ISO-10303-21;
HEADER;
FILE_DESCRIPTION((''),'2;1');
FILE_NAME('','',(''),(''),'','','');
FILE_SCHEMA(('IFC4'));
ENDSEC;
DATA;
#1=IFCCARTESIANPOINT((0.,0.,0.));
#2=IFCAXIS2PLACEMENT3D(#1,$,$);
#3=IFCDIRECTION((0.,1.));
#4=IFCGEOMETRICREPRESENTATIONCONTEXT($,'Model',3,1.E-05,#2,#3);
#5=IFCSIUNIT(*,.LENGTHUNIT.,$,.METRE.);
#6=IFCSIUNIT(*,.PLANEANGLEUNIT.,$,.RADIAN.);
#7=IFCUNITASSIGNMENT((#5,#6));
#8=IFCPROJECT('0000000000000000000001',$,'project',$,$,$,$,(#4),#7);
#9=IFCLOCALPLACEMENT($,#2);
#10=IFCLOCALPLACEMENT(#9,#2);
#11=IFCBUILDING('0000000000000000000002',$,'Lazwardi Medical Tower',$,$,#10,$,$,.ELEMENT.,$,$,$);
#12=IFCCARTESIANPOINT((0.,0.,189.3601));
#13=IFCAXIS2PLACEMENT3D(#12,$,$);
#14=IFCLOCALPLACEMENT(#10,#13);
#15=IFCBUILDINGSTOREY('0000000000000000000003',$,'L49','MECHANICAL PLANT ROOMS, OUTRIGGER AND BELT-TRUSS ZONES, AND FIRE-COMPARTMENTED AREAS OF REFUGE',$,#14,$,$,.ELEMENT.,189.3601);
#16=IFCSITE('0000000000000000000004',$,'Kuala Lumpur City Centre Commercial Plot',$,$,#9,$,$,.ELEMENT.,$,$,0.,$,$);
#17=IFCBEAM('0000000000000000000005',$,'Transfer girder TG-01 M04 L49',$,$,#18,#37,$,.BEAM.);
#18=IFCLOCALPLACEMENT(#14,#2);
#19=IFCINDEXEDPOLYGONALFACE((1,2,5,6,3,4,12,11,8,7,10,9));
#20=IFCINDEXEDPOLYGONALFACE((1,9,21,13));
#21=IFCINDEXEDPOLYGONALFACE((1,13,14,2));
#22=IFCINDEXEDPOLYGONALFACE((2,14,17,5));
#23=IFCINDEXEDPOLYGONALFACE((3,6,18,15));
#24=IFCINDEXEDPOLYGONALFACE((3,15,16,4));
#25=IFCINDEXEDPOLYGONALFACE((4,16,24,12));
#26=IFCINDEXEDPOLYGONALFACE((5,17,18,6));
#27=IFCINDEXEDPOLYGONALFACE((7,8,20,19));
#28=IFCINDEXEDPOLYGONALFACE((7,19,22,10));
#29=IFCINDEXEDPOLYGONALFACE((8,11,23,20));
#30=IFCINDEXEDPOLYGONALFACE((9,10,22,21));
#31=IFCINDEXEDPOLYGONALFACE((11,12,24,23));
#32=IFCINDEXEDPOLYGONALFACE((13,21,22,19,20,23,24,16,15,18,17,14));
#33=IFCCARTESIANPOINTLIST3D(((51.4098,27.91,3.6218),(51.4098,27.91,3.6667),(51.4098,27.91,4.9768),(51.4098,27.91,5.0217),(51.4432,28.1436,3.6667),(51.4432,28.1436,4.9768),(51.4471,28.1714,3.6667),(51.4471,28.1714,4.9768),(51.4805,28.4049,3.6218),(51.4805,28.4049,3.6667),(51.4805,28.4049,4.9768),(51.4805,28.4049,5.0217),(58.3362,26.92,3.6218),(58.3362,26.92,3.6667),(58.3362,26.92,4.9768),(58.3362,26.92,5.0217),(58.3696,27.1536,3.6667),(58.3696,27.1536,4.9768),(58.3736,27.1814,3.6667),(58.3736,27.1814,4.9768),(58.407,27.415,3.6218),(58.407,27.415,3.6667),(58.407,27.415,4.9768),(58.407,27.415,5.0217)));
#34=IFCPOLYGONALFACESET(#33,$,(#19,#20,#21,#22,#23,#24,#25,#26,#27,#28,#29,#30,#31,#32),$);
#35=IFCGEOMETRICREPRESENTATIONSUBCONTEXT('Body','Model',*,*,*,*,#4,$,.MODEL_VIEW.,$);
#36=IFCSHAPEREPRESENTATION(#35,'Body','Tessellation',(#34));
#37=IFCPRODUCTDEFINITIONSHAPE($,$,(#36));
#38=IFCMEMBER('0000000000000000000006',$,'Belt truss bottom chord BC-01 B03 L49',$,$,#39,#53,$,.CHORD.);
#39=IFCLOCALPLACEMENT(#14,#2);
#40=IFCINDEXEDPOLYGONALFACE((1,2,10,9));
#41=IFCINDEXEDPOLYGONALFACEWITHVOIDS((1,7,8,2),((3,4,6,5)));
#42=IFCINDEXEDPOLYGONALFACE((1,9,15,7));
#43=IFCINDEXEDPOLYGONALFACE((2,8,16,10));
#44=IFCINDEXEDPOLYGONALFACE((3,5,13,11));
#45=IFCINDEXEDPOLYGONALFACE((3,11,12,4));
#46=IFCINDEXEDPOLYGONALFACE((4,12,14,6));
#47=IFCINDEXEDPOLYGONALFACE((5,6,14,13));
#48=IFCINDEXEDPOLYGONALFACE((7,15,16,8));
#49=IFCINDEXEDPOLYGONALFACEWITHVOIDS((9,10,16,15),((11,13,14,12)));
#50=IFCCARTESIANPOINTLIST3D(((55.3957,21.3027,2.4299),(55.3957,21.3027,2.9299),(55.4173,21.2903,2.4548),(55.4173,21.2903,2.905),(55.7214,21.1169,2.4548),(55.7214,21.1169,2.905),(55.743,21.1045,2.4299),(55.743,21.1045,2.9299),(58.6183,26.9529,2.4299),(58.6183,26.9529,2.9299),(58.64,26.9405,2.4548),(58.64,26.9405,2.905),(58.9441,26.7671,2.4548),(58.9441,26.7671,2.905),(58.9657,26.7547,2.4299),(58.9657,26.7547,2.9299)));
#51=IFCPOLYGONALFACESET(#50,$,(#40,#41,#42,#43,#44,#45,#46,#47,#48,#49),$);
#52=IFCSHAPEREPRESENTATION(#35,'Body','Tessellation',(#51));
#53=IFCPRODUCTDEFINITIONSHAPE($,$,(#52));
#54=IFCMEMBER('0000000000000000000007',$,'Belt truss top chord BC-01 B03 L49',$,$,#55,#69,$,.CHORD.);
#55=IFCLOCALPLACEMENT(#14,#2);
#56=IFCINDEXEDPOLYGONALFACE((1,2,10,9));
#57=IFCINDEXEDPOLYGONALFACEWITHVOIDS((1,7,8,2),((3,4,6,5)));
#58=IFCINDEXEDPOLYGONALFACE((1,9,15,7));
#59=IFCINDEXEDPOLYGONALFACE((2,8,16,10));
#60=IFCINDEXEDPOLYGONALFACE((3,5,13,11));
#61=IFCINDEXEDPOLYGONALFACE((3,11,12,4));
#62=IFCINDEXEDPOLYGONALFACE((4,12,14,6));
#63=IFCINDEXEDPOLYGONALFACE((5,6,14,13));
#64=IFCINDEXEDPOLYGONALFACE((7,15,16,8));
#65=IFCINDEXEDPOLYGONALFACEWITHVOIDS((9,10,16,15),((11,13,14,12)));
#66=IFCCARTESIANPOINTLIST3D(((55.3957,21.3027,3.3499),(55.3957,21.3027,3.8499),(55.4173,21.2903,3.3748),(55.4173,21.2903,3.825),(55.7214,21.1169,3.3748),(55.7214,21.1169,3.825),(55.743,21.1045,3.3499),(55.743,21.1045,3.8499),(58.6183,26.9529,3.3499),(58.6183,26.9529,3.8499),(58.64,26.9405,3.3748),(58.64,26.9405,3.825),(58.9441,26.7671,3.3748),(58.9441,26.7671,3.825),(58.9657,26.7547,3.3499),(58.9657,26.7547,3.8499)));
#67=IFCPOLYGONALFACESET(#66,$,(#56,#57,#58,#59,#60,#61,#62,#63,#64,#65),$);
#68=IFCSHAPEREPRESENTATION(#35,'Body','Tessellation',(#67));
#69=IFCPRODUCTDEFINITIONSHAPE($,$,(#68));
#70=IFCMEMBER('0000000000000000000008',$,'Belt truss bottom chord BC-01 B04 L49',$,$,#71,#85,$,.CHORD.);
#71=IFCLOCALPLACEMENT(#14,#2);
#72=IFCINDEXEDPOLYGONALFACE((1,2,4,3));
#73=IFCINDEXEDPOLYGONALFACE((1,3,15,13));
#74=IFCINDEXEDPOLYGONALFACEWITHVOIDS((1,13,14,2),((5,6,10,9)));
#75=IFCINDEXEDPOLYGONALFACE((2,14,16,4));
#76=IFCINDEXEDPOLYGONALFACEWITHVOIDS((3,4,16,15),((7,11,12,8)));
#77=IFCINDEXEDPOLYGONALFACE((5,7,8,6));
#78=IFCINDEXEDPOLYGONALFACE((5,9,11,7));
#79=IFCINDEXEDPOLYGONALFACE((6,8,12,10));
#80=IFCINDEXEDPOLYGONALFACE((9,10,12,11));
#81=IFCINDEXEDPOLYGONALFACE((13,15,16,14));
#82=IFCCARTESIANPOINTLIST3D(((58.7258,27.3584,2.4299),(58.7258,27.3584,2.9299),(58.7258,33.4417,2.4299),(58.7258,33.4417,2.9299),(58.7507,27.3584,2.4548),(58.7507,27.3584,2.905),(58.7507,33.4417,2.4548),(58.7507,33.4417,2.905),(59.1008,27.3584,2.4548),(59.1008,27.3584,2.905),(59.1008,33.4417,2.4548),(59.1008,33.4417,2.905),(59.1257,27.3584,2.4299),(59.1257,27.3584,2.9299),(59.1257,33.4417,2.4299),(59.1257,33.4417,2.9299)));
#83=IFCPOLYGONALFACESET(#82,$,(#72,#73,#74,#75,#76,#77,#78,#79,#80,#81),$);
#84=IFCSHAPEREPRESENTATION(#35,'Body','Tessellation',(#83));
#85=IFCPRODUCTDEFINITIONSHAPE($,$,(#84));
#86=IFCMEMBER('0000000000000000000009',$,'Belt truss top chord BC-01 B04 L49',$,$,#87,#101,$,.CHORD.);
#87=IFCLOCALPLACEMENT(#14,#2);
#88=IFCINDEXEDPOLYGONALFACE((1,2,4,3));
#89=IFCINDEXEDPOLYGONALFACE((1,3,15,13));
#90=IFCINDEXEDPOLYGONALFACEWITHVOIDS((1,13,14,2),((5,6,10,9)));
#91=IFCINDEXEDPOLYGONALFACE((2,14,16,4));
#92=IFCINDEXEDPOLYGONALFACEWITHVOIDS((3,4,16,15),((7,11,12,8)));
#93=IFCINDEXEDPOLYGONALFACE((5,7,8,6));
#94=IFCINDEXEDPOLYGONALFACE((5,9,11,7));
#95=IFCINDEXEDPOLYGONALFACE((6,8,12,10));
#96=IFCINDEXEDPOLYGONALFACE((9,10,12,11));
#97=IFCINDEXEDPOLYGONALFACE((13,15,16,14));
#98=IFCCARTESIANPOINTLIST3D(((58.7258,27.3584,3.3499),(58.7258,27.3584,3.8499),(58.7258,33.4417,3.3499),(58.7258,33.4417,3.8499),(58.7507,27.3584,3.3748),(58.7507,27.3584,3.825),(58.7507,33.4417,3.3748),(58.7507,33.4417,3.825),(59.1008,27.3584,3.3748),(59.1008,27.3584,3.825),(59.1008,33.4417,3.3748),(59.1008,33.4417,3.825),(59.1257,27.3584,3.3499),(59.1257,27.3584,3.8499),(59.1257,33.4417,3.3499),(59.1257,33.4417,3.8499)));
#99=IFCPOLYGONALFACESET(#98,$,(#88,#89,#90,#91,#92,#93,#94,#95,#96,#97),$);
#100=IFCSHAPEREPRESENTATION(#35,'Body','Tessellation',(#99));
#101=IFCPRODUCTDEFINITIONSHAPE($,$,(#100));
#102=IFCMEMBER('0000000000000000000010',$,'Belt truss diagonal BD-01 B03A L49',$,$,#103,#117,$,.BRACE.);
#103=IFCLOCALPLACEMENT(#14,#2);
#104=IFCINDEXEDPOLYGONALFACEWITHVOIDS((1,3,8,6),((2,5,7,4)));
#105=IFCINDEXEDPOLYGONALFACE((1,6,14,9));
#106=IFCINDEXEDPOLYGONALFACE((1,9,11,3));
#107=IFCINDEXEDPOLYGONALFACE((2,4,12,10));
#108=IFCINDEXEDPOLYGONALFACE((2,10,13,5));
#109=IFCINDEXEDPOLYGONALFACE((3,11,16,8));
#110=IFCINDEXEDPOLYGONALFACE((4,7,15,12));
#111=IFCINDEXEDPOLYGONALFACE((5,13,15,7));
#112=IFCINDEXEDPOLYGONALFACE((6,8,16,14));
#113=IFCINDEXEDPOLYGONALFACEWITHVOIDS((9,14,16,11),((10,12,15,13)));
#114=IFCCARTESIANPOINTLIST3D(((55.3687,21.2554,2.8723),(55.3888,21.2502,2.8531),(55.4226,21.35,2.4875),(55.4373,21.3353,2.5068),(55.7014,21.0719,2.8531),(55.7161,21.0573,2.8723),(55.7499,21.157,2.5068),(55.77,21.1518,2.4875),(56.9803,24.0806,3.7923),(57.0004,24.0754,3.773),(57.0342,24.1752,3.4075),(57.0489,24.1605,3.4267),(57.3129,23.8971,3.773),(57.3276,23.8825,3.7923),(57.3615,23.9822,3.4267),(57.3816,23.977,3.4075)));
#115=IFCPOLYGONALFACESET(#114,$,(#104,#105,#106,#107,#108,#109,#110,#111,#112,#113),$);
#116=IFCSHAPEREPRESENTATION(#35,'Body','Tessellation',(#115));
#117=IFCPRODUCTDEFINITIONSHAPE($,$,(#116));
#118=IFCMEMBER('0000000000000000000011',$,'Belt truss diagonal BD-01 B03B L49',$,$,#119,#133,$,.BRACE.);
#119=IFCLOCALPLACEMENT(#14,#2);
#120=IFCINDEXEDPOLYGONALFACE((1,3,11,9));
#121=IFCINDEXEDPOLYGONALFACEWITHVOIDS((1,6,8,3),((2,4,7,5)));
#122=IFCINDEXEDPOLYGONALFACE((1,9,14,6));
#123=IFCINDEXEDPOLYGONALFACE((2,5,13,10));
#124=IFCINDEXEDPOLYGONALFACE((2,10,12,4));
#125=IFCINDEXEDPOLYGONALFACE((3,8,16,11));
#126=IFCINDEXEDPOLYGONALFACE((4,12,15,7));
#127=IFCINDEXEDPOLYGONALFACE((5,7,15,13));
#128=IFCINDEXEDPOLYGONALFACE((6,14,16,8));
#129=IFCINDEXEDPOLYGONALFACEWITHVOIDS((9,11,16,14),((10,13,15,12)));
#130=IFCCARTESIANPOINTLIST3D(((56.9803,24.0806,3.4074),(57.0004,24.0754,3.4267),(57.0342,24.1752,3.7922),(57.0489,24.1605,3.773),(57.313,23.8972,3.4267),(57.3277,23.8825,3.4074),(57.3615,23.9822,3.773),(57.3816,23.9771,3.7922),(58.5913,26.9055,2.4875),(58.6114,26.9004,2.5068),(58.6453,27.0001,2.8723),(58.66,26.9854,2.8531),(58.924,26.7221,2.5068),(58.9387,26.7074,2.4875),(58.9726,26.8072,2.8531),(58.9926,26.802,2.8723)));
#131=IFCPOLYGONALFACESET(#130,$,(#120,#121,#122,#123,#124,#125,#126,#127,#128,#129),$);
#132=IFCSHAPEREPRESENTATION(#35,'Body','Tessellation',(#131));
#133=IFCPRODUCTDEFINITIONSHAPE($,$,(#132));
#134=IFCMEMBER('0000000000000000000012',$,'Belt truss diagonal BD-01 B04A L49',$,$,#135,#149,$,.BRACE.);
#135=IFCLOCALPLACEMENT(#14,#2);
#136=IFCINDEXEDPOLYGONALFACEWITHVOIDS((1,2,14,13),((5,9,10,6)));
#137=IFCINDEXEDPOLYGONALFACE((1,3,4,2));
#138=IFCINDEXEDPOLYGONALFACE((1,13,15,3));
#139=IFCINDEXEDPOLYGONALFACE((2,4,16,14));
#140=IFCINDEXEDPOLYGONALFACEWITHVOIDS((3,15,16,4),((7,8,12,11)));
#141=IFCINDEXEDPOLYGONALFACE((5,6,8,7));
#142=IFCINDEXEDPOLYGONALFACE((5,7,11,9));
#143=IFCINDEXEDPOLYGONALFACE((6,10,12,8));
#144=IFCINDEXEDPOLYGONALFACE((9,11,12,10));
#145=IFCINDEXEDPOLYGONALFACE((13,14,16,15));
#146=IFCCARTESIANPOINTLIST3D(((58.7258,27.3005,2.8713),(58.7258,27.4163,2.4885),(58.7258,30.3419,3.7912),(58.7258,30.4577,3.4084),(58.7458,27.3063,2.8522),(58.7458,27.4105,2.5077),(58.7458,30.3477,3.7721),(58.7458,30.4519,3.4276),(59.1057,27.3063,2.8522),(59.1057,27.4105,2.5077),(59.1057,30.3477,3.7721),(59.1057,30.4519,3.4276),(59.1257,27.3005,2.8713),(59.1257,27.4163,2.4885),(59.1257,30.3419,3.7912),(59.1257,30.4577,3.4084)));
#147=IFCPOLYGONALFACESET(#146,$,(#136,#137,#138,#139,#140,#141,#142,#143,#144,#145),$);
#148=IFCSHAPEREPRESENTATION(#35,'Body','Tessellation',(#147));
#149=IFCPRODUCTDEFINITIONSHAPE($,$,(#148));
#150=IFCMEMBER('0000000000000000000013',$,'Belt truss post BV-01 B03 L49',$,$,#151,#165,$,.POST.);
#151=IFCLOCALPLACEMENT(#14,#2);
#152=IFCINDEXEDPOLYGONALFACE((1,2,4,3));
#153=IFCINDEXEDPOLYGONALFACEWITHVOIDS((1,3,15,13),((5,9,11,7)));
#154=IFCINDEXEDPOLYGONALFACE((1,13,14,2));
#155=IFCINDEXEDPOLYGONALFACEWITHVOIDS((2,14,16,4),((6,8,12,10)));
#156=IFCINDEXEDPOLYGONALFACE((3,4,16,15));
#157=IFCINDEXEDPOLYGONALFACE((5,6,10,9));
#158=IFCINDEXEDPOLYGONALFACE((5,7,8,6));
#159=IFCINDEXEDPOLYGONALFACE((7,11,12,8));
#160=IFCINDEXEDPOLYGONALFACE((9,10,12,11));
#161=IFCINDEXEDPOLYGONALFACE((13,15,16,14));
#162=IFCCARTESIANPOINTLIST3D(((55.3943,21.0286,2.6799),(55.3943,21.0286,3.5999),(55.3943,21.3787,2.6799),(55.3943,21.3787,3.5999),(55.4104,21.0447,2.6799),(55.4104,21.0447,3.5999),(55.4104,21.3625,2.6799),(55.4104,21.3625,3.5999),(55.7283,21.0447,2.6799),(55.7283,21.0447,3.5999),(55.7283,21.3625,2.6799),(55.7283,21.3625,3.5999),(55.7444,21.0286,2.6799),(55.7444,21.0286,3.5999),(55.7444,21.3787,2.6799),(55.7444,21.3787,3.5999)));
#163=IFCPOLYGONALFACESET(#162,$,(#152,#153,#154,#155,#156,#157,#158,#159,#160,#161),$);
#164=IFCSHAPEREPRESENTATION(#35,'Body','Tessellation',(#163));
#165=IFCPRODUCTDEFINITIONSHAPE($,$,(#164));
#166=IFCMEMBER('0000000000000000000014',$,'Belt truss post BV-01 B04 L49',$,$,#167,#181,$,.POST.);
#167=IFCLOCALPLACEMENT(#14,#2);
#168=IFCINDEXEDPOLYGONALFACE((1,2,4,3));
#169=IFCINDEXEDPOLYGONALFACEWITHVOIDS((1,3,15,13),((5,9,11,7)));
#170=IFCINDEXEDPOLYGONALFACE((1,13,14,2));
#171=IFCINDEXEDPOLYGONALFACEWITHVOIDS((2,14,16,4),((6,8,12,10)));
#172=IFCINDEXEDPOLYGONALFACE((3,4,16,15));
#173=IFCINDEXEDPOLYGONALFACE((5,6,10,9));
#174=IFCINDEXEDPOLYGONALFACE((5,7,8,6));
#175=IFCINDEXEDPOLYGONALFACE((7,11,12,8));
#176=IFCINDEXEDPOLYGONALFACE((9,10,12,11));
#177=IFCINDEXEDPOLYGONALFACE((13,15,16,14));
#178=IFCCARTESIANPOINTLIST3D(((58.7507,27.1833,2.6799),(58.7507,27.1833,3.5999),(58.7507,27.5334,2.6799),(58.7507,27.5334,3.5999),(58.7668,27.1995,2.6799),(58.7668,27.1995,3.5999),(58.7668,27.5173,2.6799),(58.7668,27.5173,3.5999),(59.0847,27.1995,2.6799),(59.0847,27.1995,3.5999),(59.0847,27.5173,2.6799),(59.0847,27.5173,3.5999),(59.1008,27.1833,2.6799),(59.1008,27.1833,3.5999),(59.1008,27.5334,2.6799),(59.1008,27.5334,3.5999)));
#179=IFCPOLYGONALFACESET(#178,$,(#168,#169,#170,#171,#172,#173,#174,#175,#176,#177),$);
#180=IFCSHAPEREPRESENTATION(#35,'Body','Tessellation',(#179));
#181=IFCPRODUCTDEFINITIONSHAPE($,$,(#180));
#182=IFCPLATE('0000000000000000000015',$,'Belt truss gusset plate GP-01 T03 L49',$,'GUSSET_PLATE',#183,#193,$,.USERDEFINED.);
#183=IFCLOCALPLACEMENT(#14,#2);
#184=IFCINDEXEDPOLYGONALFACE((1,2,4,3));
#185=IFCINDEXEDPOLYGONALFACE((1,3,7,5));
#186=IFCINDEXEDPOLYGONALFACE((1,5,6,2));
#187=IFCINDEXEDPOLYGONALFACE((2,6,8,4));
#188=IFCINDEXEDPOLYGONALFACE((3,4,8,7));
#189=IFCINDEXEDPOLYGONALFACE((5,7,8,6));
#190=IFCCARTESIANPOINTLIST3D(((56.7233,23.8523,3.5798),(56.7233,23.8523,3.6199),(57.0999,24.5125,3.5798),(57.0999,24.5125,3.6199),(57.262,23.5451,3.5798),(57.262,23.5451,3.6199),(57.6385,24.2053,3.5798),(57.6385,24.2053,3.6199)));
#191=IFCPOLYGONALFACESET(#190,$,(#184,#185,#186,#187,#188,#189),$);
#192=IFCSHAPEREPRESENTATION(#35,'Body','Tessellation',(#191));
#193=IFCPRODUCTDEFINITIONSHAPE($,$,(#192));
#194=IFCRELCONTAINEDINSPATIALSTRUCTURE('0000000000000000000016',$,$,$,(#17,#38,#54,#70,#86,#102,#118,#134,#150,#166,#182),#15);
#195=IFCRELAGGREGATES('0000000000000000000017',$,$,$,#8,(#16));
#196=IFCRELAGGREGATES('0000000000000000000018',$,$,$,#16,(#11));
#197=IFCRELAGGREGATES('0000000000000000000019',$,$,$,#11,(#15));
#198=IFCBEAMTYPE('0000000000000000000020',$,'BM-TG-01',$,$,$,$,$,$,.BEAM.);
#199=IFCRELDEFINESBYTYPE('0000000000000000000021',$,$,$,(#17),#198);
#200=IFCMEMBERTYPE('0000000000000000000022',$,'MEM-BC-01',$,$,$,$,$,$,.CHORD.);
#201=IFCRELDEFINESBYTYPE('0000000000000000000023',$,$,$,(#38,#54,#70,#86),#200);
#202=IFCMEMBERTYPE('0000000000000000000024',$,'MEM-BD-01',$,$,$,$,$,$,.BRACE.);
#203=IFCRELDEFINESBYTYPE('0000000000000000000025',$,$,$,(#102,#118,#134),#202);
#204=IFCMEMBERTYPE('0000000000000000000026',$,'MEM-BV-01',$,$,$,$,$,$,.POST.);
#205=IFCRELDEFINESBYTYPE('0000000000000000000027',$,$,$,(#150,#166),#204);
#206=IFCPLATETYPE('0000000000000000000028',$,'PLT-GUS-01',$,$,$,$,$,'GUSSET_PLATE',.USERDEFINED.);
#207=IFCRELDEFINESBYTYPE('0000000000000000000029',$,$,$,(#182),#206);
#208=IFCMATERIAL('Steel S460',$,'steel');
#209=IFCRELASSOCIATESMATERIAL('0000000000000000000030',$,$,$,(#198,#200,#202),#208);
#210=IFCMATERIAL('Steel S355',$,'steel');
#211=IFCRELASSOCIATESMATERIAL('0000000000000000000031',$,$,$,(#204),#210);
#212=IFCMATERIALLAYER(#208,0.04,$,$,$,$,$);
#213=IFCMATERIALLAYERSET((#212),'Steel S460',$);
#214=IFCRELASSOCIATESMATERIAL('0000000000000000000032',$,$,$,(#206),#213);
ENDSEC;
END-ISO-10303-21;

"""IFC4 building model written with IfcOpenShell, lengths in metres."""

from ifc_helpers import new_model, si_unit, direction, frame, origin, origin_2d, place, context, subcontext, project, spatial, rectangle, hollow_rectangle, i_section, extrude, material, layer, layer_set, material_profile, profile_set, type_object, element, save


model = new_model("IFC4")

# Units and contexts
model_context = context("Model", 3, precision=1e-05, world=origin(), true_north=direction((0.0, 1.0)))
body_context = subcontext(model_context, "Body", "Model", "MODEL_VIEW")
ifc_project = project(units=[si_unit("LENGTHUNIT", "METRE"), si_unit("PLANEANGLEUNIT", "RADIAN")], contexts=[model_context])

# Site, building, storey
site_placement = place(None, origin())
site = spatial("IfcSite", under=ifc_project, at=site_placement, Name="Kuala Lumpur City Centre Commercial Plot", CompositionType="ELEMENT", RefElevation=0.0)
building_placement = place(site_placement, origin())
building = spatial("IfcBuilding", under=site, at=building_placement, Name="Lazwardi Medical Tower", CompositionType="ELEMENT")
storey_placement = place(building_placement, frame((0.0, 0.0, 189.3601)))
storey = spatial("IfcBuildingStorey", under=building, at=storey_placement, Name="L49", Description="MECHANICAL PLANT ROOMS, OUTRIGGER AND BELT-TRUSS ZONES, AND FIRE-COMPARTMENTED AREAS OF REFUGE", CompositionType="ELEMENT", Elevation=189.3601)

# Beam
ifc_material_1 = material(Name="Steel S460", Category="steel")
ifc_material_2 = material(Name="Steel S355", Category="steel")
ifc_material_profile_1 = material_profile(ifc_material_1, i_section(OverallWidth=0.5, OverallDepth=1.3999, WebThickness=0.0281, FlangeThickness=0.0449, at=origin_2d()), Name="PG 1400x500")
ifc_profile_set_1 = profile_set([ifc_material_profile_1], Name="Steel S460")
beam_type_1 = type_object("IfcBeamType", Name="BM-TG-01", PredefinedType="BEAM", material=ifc_profile_set_1)
beam_1_placement = place(storey_placement, frame((58.3716, 27.1675, 4.3218), z_axis=(-0.98994, 0.14149, 0.0), x_axis=(-0.14149, -0.98994, 0.0)))
element("IfcBeam", 1, at=beam_1_placement, inside=storey, type_object=beam_type_1, Name="Transfer girder TG-01 M04 L49", PredefinedType="BEAM", context=body_context, shape_type="SweptSolid", body=[
    extrude(i_section(OverallWidth=0.5, OverallDepth=1.3999, WebThickness=0.0281, FlangeThickness=0.0449, at=origin_2d()), origin(), (0.0, 0.0, 1.0), 6.9968),
])

# Members
ifc_material_profile_2 = material_profile(ifc_material_1, hollow_rectangle(XDim=0.3999, YDim=0.5, WallThickness=0.0249, at=origin_2d()), Name="RHS 500x400x25")
ifc_profile_set_2 = profile_set([ifc_material_profile_2], Name="Steel S460")
member_type_1 = type_object("IfcMemberType", Name="MEM-BC-01", PredefinedType="CHORD", material=ifc_profile_set_2)
for number, where, z_axis, x_axis, name in (
    (2, (55.5693, 21.2036, 2.6799), (0.495444, 0.86864, 0.0), (-0.86864, 0.495444, 0.0), "Belt truss bottom chord BC-01 B03 L49"),
    (3, (55.5693, 21.2036, 3.5999), (0.495444, 0.86864, 0.0), (-0.86864, 0.495444, 0.0), "Belt truss top chord BC-01 B03 L49"),
):
    element("IfcMember", number, at=place(storey_placement, frame(where, z_axis=z_axis, x_axis=x_axis)), inside=storey, type_object=member_type_1, Name=name, PredefinedType="CHORD", context=body_context, shape_type="SweptSolid", body=[
        extrude(hollow_rectangle(XDim=0.3999, YDim=0.5, WallThickness=0.0249, at=origin_2d()), origin(), (0.0, 0.0, 1.0), 6.5046),
    ])
for number, where, z_axis, x_axis, name in (
    (4, (58.9258, 27.3584, 2.6799), (0.0, 1.0, 0.0), (-1.0, 0.0, 0.0), "Belt truss bottom chord BC-01 B04 L49"),
    (5, (58.9258, 27.3584, 3.5999), (0.0, 1.0, 0.0), (-1.0, 0.0, 0.0), "Belt truss top chord BC-01 B04 L49"),
):
    element("IfcMember", number, at=place(storey_placement, frame(where, z_axis=z_axis, x_axis=x_axis)), inside=storey, type_object=member_type_1, Name=name, PredefinedType="CHORD", context=body_context, shape_type="SweptSolid", body=[
        extrude(hollow_rectangle(XDim=0.3999, YDim=0.5, WallThickness=0.0249, at=origin_2d()), origin(), (0.0, 0.0, 1.0), 6.0833),
    ])
ifc_material_profile_3 = material_profile(ifc_material_1, hollow_rectangle(XDim=0.3999, YDim=0.3999, WallThickness=0.02, at=origin_2d()), Name="RHS 400x400x20")
ifc_profile_set_3 = profile_set([ifc_material_profile_3], Name="Steel S460")
member_type_2 = type_object("IfcMemberType", Name="MEM-BD-01", PredefinedType="BRACE", material=ifc_profile_set_3)
member_1_placement = place(storey_placement, frame((55.5693, 21.2036, 2.6799), z_axis=(0.476781, 0.835829, 0.272157), x_axis=(-0.868617, 0.495484, 0.0)))
element("IfcMember", 6, at=member_1_placement, inside=storey, type_object=member_type_2, Name="Belt truss diagonal BD-01 B03A L49", PredefinedType="BRACE", context=body_context, shape_type="SweptSolid", body=[
    extrude(hollow_rectangle(XDim=0.3999, YDim=0.3999, WallThickness=0.02, at=origin_2d()), origin(), (0.0, 0.0, 1.0), 3.3801),
])
member_2_placement = place(storey_placement, frame((58.792, 26.8538, 2.6799), z_axis=(-0.476698, -0.835865, 0.272192), x_axis=(0.868663, -0.495403, 0.0)))
element("IfcMember", 7, at=member_2_placement, inside=storey, type_object=member_type_2, Name="Belt truss diagonal BD-01 B03B L49", PredefinedType="BRACE", context=body_context, shape_type="SweptSolid", body=[
    extrude(hollow_rectangle(XDim=0.3999, YDim=0.3999, WallThickness=0.02, at=origin_2d()), origin(), (0.0, 0.0, 1.0), 3.3796),
])
member_3_placement = place(storey_placement, frame((58.9258, 27.3584, 2.6799), z_axis=(0.0, 0.957177, 0.289504), x_axis=(-1.0, 0.0, 0.0)))
element("IfcMember", 8, at=member_3_placement, inside=storey, type_object=member_type_2, Name="Belt truss diagonal BD-01 B04A L49", PredefinedType="BRACE", context=body_context, shape_type="SweptSolid", body=[
    extrude(hollow_rectangle(XDim=0.3999, YDim=0.3999, WallThickness=0.02, at=origin_2d()), origin(), (0.0, 0.0, 1.0), 3.1775),
])
ifc_material_profile_4 = material_profile(ifc_material_2, hollow_rectangle(XDim=0.3501, YDim=0.3501, WallThickness=0.0161, at=origin_2d()), Name="RHS 350x350x16")
ifc_profile_set_4 = profile_set([ifc_material_profile_4], Name="Steel S355")
member_type_3 = type_object("IfcMemberType", Name="MEM-BV-01", PredefinedType="POST", material=ifc_profile_set_4)
for number, where, z_axis, x_axis, name in (
    (9, (55.5693, 21.2036, 2.6799), (0.0, 0.0, 1.0), (1.0, 0.0, 0.0), "Belt truss post BV-01 B03 L49"),
    (10, (58.9258, 27.3584, 2.6799), (0.0, 0.0, 1.0), (1.0, 0.0, 0.0), "Belt truss post BV-01 B04 L49"),
):
    element("IfcMember", number, at=place(storey_placement, frame(where, z_axis=z_axis, x_axis=x_axis)), inside=storey, type_object=member_type_3, Name=name, PredefinedType="POST", context=body_context, shape_type="SweptSolid", body=[
        extrude(hollow_rectangle(XDim=0.3501, YDim=0.3501, WallThickness=0.0161, at=origin_2d()), origin(), (0.0, 0.0, 1.0), 0.9199),
    ])

# Plate
ifc_layer_1 = layer(ifc_material_1, 0.04)
ifc_layer_set_1 = layer_set([ifc_layer_1], Name="Steel S460")
plate_type = type_object("IfcPlateType", Name="PLT-GUS-01", ElementType="GUSSET_PLATE", PredefinedType="USERDEFINED", material=ifc_layer_set_1)
for number, where, z_axis, x_axis, name in (
    (11, (57.1809, 24.0288, 3.5798), (0.0, 0.0, 1.0), (0.495459, 0.868632, 0.0), "Belt truss gusset plate GP-01 T03 L49"),
):
    element("IfcPlate", number, at=place(storey_placement, frame(where, z_axis=z_axis, x_axis=x_axis)), inside=storey, type_object=plate_type, Name=name, ObjectType="GUSSET_PLATE", PredefinedType="USERDEFINED", context=body_context, shape_type="SweptSolid", body=[
        extrude(rectangle(XDim=0.76, YDim=0.6201, at=origin_2d()), origin(), (0.0, 0.0, 1.0), 0.04),
    ])

save(model, "model.ifc")
